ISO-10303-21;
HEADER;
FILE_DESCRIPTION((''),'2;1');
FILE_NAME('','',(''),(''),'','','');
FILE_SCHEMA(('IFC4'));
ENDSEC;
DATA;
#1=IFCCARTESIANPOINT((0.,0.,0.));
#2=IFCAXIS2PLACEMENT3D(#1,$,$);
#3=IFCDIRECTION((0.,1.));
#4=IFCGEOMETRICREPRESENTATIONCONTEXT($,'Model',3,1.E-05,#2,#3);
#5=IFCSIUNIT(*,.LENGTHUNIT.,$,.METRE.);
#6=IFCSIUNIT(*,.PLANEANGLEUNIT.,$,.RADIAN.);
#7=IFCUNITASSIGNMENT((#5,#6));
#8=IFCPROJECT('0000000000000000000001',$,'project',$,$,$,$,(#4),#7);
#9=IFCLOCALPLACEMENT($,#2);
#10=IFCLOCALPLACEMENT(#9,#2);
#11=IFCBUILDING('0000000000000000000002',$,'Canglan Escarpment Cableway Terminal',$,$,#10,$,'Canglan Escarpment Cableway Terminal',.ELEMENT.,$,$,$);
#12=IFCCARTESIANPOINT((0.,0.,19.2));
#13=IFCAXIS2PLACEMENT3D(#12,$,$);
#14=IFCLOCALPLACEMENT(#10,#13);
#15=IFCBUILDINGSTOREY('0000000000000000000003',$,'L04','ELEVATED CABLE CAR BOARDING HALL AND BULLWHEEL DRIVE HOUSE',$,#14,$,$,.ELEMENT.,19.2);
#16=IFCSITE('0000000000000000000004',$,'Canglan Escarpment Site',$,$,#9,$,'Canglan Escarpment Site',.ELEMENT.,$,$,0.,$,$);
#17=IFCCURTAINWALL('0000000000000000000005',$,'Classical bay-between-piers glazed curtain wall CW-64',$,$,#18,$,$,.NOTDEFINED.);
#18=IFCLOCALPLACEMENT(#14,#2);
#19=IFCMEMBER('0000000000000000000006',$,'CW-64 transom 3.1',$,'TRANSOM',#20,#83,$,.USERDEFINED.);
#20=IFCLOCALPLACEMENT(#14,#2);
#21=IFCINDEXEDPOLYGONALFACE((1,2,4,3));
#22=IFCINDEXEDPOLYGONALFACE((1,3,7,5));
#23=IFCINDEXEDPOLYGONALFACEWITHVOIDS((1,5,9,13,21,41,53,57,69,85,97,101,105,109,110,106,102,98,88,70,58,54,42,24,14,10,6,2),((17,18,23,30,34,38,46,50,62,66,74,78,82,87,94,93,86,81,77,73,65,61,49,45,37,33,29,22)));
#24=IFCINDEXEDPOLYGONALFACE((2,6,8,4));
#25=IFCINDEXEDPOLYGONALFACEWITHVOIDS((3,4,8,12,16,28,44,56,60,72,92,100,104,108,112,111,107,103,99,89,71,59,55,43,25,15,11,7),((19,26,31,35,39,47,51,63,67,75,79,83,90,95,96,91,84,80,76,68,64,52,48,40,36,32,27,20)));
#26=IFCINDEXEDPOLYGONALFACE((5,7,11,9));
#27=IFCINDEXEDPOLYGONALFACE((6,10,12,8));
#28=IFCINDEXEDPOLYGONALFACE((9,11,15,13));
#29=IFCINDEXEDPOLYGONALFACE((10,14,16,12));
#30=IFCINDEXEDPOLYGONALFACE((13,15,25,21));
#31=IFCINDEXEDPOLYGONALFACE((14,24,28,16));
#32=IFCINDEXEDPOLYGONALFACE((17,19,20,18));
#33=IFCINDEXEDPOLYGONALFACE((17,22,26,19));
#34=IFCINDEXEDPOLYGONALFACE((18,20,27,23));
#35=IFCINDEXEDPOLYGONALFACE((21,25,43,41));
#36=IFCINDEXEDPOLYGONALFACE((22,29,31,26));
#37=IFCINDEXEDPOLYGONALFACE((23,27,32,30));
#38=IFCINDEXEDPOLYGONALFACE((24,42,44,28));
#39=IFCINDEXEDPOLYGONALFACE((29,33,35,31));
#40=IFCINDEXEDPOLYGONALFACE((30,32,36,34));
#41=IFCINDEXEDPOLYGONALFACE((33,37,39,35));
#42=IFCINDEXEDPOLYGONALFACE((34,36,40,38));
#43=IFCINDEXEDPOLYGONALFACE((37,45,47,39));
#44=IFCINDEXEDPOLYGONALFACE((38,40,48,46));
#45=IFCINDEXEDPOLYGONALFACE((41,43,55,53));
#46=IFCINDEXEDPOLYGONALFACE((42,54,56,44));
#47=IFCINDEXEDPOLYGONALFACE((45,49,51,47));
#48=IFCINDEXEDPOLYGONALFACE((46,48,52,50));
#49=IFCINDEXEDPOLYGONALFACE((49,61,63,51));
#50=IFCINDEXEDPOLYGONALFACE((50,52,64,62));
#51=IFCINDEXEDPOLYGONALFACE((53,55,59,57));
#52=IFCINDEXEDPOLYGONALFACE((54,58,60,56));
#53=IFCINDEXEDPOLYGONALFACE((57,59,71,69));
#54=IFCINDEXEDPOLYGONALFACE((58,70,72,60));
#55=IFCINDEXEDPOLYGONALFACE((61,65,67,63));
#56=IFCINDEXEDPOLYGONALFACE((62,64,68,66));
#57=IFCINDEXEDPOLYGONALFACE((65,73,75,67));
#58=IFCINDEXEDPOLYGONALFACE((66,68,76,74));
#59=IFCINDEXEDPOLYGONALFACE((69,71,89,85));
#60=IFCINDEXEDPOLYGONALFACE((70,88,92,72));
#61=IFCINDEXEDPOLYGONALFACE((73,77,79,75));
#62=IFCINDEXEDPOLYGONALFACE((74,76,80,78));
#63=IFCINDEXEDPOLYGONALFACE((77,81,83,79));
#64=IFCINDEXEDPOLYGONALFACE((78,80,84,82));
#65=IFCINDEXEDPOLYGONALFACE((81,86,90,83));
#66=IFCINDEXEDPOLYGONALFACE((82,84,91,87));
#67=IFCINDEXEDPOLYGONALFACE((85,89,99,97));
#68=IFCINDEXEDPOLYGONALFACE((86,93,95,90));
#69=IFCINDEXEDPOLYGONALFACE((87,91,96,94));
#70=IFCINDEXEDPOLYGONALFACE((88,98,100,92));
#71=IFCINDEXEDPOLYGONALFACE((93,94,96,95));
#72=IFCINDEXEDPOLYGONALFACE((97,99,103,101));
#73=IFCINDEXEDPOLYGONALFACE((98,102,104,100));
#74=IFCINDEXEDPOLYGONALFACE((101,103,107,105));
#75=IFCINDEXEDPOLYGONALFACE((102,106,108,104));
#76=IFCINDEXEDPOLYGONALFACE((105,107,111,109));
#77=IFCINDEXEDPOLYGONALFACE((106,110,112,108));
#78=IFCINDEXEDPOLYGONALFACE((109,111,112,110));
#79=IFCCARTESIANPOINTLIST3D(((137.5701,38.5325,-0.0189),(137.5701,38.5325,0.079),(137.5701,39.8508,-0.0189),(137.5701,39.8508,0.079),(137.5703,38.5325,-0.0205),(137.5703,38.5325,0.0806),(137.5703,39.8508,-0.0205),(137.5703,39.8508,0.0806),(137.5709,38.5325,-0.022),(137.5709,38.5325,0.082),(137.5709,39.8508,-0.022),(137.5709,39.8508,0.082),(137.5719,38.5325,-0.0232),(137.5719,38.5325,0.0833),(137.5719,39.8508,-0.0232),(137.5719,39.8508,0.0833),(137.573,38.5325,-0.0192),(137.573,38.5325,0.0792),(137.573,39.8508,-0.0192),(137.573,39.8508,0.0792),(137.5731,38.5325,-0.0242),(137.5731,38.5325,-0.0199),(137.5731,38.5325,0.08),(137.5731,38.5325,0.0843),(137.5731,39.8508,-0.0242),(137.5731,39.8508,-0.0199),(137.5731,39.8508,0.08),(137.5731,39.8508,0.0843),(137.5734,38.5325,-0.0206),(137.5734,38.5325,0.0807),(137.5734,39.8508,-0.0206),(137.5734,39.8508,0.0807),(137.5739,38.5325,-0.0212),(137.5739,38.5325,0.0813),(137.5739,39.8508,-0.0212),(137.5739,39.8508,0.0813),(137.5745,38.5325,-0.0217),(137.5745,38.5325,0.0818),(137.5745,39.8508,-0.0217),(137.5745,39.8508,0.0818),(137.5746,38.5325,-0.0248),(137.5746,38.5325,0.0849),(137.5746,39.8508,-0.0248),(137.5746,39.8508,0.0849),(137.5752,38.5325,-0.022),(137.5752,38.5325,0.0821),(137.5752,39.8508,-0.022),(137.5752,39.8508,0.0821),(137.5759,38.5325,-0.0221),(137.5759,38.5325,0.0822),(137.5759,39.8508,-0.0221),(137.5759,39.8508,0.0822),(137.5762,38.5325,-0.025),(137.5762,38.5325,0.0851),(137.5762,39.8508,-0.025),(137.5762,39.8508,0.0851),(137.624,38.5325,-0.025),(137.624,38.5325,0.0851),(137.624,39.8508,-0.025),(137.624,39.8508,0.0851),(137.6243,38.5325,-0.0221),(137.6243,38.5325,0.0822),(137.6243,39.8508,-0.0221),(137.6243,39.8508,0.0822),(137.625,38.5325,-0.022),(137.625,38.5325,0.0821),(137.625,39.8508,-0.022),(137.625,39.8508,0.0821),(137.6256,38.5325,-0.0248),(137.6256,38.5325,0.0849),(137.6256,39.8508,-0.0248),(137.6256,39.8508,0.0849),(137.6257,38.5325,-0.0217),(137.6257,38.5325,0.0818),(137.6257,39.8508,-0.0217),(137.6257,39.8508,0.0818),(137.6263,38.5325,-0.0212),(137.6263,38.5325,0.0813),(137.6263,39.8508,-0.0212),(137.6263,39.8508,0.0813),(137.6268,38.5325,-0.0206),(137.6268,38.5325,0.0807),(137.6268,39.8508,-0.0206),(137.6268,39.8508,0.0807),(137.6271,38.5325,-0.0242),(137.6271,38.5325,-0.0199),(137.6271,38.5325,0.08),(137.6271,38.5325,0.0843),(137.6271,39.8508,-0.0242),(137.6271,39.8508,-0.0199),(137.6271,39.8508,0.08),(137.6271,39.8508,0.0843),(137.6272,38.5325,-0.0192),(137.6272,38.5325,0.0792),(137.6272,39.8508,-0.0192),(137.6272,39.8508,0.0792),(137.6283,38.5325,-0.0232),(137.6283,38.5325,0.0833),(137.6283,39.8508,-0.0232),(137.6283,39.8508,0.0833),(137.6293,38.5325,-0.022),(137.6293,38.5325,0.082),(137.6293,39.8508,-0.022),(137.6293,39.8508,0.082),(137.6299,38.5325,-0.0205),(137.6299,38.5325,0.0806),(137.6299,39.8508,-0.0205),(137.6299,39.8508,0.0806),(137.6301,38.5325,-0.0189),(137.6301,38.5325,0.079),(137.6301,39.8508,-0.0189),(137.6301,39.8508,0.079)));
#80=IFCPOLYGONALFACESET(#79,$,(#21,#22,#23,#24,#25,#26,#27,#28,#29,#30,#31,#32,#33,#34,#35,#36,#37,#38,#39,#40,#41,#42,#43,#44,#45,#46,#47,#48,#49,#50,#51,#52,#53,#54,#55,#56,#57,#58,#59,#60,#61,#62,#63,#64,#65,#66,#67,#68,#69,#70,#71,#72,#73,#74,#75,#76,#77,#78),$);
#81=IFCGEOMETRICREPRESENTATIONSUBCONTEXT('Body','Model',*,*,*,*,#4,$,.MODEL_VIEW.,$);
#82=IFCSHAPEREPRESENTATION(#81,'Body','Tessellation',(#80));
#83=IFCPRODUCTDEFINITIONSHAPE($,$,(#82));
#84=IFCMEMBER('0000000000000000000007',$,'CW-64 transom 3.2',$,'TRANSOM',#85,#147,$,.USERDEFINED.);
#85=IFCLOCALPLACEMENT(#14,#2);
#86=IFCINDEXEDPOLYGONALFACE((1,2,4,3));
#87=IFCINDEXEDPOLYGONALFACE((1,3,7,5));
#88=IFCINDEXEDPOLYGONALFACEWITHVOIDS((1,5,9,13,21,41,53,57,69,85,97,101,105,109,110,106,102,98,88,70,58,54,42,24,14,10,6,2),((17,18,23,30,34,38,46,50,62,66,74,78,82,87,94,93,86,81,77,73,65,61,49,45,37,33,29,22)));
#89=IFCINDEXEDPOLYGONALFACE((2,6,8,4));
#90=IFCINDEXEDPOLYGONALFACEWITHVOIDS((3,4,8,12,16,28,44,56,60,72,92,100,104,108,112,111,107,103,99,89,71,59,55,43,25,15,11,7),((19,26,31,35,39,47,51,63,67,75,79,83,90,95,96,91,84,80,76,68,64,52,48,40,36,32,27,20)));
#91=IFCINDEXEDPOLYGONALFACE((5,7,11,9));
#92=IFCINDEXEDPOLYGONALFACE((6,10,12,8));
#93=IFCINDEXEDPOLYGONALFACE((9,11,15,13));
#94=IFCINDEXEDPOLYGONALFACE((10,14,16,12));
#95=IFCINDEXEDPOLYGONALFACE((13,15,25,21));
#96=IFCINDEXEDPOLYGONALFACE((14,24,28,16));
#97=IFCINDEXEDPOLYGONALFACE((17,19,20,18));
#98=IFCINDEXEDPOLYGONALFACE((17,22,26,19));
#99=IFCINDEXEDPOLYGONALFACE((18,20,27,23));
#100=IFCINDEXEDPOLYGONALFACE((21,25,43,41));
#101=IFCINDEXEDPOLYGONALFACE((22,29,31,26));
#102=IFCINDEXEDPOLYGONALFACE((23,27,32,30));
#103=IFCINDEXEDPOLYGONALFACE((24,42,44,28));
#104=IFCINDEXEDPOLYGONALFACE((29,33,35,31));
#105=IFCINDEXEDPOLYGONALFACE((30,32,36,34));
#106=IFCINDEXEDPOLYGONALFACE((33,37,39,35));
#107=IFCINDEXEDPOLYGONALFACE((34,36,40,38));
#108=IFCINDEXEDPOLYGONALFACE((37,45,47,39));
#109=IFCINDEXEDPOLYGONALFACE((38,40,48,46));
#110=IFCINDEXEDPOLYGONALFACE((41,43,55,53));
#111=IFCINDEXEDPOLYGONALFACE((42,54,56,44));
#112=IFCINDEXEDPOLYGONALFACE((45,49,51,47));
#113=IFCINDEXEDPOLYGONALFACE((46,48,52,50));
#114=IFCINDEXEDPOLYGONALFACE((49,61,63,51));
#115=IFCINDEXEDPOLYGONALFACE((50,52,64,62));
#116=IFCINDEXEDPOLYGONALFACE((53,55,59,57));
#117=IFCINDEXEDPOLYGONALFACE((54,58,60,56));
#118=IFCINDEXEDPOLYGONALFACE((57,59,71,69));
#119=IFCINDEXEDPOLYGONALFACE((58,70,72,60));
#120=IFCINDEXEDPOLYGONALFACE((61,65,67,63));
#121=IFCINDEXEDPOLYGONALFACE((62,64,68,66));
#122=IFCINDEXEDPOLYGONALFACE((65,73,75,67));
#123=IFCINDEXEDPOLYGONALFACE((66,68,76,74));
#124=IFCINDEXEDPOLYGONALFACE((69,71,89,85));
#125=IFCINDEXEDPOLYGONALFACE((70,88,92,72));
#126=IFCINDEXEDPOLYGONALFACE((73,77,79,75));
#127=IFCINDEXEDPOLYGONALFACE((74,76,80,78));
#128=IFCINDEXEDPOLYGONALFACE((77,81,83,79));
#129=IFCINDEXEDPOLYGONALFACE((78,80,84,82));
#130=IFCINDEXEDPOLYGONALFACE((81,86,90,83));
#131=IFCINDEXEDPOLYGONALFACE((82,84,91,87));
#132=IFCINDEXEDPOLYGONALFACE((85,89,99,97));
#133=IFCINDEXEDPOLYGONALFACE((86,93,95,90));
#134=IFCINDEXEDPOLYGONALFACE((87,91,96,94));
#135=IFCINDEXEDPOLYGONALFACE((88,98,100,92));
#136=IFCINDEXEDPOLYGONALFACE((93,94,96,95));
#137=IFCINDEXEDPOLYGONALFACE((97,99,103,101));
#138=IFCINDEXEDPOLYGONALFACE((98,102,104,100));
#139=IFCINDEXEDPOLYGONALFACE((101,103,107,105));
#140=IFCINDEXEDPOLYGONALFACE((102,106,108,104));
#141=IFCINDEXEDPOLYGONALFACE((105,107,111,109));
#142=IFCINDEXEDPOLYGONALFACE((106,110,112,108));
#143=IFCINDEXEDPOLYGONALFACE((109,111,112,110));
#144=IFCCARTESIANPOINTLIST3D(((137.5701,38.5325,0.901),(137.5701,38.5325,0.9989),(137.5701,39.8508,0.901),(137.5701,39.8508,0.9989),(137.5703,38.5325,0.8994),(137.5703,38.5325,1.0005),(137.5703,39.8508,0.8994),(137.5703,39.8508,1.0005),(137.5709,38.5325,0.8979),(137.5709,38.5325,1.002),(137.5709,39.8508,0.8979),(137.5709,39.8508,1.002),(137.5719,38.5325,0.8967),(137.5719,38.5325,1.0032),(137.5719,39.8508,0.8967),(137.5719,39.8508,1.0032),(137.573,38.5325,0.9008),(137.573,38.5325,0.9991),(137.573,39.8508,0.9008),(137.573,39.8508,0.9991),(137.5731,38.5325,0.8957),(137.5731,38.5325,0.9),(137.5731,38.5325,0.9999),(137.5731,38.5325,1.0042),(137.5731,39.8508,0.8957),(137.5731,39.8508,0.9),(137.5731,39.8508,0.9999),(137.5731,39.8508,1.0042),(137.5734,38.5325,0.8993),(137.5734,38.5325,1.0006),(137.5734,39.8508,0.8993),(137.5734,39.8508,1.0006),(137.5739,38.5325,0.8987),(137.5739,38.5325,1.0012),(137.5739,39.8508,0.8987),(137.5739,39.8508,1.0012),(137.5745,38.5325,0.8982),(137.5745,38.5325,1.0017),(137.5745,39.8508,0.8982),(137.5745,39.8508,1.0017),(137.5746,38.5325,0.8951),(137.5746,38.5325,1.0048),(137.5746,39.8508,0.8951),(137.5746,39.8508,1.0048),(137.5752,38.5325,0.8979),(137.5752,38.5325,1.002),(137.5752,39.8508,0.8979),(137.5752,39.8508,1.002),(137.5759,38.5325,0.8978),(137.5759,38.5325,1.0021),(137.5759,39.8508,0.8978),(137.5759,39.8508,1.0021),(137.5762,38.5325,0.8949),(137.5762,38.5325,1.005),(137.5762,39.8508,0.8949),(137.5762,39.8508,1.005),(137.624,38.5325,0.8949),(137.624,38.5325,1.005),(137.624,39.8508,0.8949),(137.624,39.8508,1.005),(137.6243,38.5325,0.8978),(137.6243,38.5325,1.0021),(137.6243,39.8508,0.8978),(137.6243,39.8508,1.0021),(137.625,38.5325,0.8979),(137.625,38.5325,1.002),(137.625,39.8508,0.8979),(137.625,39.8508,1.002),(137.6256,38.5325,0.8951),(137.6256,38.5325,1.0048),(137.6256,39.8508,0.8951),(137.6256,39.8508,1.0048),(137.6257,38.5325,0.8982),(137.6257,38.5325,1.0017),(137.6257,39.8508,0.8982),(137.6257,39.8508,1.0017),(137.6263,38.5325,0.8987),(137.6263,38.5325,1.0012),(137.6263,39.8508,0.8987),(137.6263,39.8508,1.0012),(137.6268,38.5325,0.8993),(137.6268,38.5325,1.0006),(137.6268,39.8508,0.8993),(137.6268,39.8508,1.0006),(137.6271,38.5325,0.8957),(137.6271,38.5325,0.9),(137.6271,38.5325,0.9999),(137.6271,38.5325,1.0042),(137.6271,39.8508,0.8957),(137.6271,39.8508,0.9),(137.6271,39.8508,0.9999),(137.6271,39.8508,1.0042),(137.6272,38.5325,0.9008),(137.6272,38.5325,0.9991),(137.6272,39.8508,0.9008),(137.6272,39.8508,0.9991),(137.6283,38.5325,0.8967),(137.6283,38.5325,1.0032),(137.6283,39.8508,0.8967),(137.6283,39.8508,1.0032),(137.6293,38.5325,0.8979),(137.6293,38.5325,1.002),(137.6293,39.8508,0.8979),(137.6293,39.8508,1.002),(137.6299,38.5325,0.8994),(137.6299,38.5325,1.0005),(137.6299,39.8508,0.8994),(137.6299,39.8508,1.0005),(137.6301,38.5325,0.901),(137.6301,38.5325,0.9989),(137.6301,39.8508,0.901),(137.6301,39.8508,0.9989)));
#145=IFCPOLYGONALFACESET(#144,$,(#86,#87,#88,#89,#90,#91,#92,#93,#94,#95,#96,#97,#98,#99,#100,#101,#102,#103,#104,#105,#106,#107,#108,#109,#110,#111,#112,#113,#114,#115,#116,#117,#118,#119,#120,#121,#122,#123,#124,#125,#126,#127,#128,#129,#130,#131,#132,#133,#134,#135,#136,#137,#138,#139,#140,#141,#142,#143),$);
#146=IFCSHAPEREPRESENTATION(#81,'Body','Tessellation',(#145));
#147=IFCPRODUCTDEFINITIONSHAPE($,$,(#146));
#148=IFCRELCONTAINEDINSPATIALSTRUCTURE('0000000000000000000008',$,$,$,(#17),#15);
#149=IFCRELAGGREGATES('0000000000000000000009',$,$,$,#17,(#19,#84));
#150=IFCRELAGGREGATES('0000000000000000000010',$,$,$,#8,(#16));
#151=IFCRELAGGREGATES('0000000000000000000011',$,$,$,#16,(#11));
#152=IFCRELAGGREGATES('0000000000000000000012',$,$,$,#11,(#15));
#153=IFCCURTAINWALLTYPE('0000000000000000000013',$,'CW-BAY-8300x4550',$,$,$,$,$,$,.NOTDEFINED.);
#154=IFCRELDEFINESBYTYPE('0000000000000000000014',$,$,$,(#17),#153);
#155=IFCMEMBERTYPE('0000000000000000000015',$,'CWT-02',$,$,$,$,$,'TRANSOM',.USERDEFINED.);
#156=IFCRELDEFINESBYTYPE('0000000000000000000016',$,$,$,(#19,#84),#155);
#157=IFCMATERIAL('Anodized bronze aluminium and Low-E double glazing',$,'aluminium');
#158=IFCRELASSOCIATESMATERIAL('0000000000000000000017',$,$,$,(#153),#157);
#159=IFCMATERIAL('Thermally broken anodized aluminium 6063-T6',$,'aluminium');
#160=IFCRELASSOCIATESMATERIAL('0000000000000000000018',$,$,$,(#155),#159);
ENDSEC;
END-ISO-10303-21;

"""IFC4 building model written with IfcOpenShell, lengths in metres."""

from ifc_helpers import new_model, si_unit, direction, frame, origin, origin_2d, place, context, subcontext, project, spatial, hollow_rectangle, extrude, material, material_profile, profile_set, type_object, element, aggregate, save


model = new_model("IFC4")

# Units and contexts
model_context = context("Model", 3, precision=1e-05, world=origin(), true_north=direction((0.0, 1.0)))
body_context = subcontext(model_context, "Body", "Model", "MODEL_VIEW")
ifc_project = project(units=[si_unit("LENGTHUNIT", "METRE"), si_unit("PLANEANGLEUNIT", "RADIAN")], contexts=[model_context])

# Site, building, storey
site_placement = place(None, origin())
site = spatial("IfcSite", under=ifc_project, at=site_placement, Name="Canglan Escarpment Site", LongName="Canglan Escarpment Site", CompositionType="ELEMENT", RefElevation=0.0)
building_placement = place(site_placement, origin())
building = spatial("IfcBuilding", under=site, at=building_placement, Name="Canglan Escarpment Cableway Terminal", LongName="Canglan Escarpment Cableway Terminal", CompositionType="ELEMENT")
storey_placement = place(building_placement, frame((0.0, 0.0, 19.2)))
storey = spatial("IfcBuildingStorey", under=building, at=storey_placement, Name="L04", Description="ELEVATED CABLE CAR BOARDING HALL AND BULLWHEEL DRIVE HOUSE", CompositionType="ELEMENT", Elevation=19.2)

# Curtain wall, members
ifc_material_1 = material(Name="Anodized bronze aluminium and Low-E double glazing", Category="aluminium")
curtain_wall_type = type_object("IfcCurtainWallType", Name="CW-BAY-8300x4550", PredefinedType="NOTDEFINED", material=ifc_material_1)
curtain_wall_placement = place(storey_placement, origin())
curtain_wall = element("IfcCurtainWall", 1, at=curtain_wall_placement, inside=storey, type_object=curtain_wall_type, Name="Classical bay-between-piers glazed curtain wall CW-64", PredefinedType="NOTDEFINED")
ifc_material_2 = material(Name="Thermally broken anodized aluminium 6063-T6", Category="aluminium")
ifc_material_profile_1 = material_profile(ifc_material_2, hollow_rectangle(XDim=0.0601, YDim=0.1101, WallThickness=0.0029, InnerFilletRadius=0.0029, OuterFilletRadius=0.0061, at=origin_2d()), Name="ALU-TRAN 60x110x3")
ifc_profile_set_1 = profile_set([ifc_material_profile_1], Name="Thermally broken anodized aluminium 6063-T6")
member_type_1 = type_object("IfcMemberType", Name="CWT-02", ElementType="TRANSOM", PredefinedType="USERDEFINED", material=ifc_profile_set_1)
member_1_placement = place(storey_placement, frame((137.6001, 39.8508, 0.03), z_axis=(0.0, -1.0, 0.0), x_axis=(1.0, 0.0, 0.0)))
member_1 = element("IfcMember", 2, at=member_1_placement, type_object=member_type_1, Name="CW-64 transom 3.1", ObjectType="TRANSOM", PredefinedType="USERDEFINED", context=body_context, shape_type="SweptSolid", body=[
    extrude(hollow_rectangle(XDim=0.0601, YDim=0.1101, WallThickness=0.0029, InnerFilletRadius=0.0029, OuterFilletRadius=0.0061, at=origin_2d()), origin(), (0.0, 0.0, 1.0), 1.3184),
])
member_2_placement = place(storey_placement, frame((137.6001, 39.8508, 0.95), z_axis=(0.0, -1.0, 0.0), x_axis=(1.0, 0.0, 0.0)))
member_2 = element("IfcMember", 3, at=member_2_placement, type_object=member_type_1, Name="CW-64 transom 3.2", ObjectType="TRANSOM", PredefinedType="USERDEFINED", context=body_context, shape_type="SweptSolid", body=[
    extrude(hollow_rectangle(XDim=0.0601, YDim=0.1101, WallThickness=0.0029, InnerFilletRadius=0.0029, OuterFilletRadius=0.0061, at=origin_2d()), origin(), (0.0, 0.0, 1.0), 1.3184),
])
aggregate(curtain_wall, [member_1, member_2])

save(model, "model.ifc")
